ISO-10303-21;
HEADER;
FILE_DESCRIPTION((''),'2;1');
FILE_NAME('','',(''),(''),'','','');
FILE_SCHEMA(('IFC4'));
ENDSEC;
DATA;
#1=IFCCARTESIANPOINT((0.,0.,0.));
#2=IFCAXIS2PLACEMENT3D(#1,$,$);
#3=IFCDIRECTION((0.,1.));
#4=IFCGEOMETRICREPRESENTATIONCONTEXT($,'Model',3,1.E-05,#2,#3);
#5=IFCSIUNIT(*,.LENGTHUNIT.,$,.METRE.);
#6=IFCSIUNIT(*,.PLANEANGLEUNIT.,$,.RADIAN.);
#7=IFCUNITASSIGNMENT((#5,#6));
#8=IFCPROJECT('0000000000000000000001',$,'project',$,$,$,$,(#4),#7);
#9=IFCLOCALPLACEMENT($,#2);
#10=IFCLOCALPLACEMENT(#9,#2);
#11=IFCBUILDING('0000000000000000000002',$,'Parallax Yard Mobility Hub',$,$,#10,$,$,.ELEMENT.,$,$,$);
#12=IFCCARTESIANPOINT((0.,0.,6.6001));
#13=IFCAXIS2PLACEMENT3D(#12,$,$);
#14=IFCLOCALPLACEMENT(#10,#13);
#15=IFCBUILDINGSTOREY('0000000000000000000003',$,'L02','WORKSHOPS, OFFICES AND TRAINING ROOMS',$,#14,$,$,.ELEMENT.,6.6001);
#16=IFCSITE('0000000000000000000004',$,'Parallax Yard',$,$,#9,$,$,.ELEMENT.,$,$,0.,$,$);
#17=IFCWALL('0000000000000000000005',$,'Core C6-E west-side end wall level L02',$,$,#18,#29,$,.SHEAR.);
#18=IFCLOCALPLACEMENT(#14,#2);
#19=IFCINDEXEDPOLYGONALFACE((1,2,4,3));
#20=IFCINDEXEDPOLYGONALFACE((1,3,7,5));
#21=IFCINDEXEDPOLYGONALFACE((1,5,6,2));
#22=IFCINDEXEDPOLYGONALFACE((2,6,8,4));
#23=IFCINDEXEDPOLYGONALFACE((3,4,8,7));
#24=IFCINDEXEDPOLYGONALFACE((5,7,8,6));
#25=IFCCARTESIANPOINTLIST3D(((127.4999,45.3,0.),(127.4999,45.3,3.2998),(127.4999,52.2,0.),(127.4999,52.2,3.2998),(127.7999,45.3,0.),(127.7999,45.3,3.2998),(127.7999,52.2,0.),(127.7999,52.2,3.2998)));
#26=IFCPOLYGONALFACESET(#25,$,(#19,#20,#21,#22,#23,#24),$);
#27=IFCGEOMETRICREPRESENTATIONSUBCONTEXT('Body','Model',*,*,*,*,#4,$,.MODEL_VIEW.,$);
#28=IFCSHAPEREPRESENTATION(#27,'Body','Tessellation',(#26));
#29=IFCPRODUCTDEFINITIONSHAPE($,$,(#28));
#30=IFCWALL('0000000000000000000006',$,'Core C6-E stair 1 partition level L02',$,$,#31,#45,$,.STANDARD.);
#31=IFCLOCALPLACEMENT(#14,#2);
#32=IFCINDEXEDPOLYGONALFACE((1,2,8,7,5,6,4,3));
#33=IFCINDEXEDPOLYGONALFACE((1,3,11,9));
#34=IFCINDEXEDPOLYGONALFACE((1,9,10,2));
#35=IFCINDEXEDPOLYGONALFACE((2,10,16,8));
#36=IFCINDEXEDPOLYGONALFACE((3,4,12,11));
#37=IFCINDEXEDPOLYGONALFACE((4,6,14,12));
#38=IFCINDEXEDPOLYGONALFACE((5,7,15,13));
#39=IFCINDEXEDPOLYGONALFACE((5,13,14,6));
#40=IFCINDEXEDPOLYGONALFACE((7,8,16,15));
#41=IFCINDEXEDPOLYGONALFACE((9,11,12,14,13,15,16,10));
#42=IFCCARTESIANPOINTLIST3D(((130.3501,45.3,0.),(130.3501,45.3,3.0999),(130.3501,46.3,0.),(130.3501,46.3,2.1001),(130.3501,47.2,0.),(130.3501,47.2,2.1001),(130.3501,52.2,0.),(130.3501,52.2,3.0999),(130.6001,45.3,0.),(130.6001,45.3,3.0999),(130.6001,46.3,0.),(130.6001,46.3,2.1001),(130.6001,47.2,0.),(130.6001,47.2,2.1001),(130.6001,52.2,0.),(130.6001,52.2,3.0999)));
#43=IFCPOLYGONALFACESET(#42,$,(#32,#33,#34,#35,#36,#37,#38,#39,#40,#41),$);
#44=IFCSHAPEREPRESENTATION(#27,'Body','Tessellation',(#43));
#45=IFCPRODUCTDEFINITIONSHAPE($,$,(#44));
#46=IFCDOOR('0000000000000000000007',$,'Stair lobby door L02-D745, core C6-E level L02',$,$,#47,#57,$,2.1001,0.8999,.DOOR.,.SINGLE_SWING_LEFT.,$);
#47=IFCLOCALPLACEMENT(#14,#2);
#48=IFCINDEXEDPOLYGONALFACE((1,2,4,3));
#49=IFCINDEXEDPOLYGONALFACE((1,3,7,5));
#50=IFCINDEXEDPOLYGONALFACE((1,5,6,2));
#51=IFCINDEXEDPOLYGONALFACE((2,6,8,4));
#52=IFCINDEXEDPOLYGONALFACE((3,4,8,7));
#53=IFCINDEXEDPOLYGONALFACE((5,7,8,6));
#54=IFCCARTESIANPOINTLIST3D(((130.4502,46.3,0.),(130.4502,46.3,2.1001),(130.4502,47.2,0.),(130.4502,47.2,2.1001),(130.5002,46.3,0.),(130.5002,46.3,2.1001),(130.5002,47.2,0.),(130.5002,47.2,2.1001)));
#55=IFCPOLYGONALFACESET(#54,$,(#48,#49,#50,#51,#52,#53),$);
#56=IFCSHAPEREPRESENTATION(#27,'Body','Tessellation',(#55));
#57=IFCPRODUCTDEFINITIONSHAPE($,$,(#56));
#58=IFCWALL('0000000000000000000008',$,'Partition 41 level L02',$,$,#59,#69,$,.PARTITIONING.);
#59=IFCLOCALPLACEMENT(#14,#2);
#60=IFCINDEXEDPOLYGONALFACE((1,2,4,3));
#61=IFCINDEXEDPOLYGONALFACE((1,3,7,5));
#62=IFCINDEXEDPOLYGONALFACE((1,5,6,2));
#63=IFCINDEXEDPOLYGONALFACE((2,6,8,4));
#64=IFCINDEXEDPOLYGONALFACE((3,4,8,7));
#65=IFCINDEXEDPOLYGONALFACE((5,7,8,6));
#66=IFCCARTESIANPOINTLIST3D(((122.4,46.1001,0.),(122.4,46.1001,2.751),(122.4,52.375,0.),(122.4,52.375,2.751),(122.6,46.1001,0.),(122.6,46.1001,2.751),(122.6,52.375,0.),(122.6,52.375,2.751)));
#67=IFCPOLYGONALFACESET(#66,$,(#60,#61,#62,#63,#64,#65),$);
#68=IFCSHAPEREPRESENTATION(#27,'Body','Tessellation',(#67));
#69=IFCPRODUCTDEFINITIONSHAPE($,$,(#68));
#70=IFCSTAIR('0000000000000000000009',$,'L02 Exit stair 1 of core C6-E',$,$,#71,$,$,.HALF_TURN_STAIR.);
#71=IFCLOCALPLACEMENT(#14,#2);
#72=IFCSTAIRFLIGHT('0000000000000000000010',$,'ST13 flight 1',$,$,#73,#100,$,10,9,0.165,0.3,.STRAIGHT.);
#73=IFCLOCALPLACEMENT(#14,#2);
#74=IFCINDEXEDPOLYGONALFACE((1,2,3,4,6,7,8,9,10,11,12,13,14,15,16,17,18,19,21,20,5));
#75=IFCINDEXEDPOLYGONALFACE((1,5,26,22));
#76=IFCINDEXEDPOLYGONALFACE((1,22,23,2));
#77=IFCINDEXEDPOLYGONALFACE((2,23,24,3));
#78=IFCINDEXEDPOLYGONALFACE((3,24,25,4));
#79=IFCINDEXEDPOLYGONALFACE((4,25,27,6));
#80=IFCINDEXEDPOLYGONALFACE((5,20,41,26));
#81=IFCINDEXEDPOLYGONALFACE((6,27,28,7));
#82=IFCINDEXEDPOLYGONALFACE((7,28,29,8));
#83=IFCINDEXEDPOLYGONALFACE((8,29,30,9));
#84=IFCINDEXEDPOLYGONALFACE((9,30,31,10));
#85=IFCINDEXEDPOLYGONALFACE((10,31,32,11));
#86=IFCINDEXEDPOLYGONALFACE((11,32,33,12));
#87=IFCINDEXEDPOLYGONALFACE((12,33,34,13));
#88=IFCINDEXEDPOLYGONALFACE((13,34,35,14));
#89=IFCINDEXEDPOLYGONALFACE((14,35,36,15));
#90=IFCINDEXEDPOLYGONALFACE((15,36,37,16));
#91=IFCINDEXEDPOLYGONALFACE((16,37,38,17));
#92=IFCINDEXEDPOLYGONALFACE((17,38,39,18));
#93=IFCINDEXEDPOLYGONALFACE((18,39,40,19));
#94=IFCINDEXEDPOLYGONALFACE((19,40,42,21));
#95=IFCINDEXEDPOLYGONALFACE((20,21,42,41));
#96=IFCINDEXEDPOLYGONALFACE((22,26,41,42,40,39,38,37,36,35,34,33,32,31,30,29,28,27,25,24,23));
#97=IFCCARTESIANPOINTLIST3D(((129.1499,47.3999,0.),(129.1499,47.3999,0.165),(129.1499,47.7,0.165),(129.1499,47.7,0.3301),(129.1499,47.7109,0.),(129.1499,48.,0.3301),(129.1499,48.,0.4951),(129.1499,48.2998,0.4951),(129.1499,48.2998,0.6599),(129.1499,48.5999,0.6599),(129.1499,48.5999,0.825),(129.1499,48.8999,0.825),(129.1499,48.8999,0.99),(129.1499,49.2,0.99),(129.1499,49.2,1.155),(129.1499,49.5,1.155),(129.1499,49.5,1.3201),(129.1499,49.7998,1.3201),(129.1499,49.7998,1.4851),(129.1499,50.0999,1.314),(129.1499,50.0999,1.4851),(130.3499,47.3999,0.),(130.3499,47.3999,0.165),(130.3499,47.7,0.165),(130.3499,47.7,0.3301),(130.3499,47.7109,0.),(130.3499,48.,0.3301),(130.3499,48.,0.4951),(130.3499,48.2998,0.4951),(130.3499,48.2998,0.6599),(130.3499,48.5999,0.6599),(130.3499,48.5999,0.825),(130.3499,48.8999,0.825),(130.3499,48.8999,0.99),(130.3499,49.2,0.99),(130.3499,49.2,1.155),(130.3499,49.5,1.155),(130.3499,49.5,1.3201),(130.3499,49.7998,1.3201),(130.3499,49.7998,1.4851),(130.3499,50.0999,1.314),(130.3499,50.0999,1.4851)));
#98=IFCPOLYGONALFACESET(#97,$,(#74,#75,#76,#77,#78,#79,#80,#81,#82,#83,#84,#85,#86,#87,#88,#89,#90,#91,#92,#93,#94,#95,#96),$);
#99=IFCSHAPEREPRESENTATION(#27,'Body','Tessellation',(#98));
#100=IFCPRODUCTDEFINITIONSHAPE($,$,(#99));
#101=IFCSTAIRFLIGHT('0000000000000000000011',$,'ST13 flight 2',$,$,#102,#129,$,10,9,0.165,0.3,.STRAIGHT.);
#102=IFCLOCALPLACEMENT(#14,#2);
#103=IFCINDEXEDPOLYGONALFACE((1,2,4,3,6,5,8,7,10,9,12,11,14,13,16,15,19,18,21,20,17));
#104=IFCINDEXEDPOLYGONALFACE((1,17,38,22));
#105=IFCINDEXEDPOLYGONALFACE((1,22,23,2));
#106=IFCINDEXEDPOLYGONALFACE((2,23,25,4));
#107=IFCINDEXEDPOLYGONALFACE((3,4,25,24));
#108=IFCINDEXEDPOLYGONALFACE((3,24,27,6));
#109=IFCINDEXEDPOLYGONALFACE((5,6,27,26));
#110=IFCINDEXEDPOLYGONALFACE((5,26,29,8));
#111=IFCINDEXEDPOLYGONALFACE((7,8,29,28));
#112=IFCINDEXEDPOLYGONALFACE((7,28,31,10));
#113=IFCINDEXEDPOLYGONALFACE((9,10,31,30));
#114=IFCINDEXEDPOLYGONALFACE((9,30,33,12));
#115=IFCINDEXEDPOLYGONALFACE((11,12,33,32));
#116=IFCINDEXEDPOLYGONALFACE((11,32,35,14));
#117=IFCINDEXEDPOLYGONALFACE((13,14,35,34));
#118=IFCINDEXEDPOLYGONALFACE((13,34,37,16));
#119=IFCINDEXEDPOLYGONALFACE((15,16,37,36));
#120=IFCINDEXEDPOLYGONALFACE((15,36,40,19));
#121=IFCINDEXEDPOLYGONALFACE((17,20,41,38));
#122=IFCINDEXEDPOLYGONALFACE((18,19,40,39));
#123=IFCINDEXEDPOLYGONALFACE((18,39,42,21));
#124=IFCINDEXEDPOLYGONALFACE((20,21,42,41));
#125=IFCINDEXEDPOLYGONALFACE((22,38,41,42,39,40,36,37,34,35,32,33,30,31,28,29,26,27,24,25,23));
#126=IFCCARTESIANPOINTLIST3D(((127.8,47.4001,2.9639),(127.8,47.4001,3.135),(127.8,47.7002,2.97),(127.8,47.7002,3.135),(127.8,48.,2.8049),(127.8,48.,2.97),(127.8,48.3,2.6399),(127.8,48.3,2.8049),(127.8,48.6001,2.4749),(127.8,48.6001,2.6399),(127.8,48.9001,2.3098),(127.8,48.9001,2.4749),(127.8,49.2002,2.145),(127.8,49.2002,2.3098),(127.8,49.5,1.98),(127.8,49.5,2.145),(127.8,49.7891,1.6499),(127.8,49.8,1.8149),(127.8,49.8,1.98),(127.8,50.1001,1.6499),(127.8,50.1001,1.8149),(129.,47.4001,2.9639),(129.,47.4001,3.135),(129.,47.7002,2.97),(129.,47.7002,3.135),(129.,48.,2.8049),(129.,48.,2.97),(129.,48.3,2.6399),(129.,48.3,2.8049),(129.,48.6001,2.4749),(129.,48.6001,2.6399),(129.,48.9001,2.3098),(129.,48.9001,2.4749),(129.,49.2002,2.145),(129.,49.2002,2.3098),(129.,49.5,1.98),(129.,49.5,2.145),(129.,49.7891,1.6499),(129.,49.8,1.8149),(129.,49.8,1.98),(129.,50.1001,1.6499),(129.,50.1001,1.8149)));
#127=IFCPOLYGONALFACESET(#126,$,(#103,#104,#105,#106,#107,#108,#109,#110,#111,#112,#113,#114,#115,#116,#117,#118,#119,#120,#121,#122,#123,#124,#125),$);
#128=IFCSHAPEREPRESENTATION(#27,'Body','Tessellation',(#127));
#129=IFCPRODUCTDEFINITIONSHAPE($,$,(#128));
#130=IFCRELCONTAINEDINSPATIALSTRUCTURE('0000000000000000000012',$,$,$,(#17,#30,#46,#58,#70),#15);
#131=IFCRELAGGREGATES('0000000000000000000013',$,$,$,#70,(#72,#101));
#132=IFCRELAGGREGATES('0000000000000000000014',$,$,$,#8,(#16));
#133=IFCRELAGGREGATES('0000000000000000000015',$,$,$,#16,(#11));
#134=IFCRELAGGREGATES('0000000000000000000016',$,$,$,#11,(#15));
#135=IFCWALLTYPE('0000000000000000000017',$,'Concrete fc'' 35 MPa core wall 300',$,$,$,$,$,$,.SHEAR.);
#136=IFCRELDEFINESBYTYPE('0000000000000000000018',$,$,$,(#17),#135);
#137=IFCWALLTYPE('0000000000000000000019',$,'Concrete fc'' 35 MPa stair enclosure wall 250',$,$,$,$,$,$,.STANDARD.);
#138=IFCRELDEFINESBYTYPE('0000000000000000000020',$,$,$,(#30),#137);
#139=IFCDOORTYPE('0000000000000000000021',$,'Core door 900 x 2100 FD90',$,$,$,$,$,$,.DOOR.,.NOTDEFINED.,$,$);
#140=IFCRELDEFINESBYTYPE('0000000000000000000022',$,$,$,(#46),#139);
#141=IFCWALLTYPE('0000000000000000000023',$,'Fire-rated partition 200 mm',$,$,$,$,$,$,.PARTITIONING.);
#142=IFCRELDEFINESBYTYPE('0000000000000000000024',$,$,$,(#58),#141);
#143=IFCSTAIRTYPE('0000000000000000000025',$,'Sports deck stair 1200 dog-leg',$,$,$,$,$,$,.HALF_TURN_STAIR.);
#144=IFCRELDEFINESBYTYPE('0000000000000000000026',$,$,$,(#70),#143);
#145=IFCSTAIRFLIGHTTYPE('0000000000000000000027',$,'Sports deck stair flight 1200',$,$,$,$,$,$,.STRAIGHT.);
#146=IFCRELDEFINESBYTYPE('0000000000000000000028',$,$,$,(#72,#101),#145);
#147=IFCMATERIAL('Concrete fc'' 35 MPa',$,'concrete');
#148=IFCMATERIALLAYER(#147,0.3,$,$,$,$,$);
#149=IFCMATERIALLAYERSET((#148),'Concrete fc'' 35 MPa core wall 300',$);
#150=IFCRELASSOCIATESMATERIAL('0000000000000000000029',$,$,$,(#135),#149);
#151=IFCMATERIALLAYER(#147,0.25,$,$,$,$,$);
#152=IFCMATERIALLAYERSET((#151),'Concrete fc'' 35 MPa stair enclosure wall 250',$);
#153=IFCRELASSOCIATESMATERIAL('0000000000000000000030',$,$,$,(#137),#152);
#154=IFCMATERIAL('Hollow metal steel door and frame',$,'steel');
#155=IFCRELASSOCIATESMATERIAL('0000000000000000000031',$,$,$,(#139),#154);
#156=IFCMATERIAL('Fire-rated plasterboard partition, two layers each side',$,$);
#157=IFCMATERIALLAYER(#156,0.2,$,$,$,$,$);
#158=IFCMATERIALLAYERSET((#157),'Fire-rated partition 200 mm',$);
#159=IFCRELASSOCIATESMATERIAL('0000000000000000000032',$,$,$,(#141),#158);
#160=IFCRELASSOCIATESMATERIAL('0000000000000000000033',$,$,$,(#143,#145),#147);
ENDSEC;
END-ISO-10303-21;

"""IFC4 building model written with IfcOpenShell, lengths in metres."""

from ifc_helpers import new_model, si_unit, direction, frame, frame_2d, origin, place, context, subcontext, project, spatial, polyline, rectangle, outline, extrude, material, layer, layer_set, type_object, element, fill, aggregate, save


model = new_model("IFC4")

# Units and contexts
model_context = context("Model", 3, precision=1e-05, world=origin(), true_north=direction((0.0, 1.0)))
body_context = subcontext(model_context, "Body", "Model", "MODEL_VIEW")
ifc_project = project(units=[si_unit("LENGTHUNIT", "METRE"), si_unit("PLANEANGLEUNIT", "RADIAN")], contexts=[model_context])

# Site, building, storey
site_placement = place(None, origin())
site = spatial("IfcSite", under=ifc_project, at=site_placement, Name="Parallax Yard", CompositionType="ELEMENT", RefElevation=0.0)
building_placement = place(site_placement, origin())
building = spatial("IfcBuilding", under=site, at=building_placement, Name="Parallax Yard Mobility Hub", CompositionType="ELEMENT")
storey_placement = place(building_placement, frame((0.0, 0.0, 6.6001)))
storey = spatial("IfcBuildingStorey", under=building, at=storey_placement, Name="L02", Description="WORKSHOPS, OFFICES AND TRAINING ROOMS", CompositionType="ELEMENT", Elevation=6.6001)

# Wall
ifc_material_1 = material(Name="Concrete fc' 35 MPa", Category="concrete")
ifc_layer_1 = layer(ifc_material_1, 0.3)
ifc_layer_set_1 = layer_set([ifc_layer_1], Name="Concrete fc' 35 MPa core wall 300")
wall_type_1 = type_object("IfcWallType", Name="Concrete fc' 35 MPa core wall 300", PredefinedType="SHEAR", material=ifc_layer_set_1)
wall_1_placement = place(storey_placement, frame((127.6499, 45.3, 0.0), z_axis=(0.0, 0.0, 1.0), x_axis=(0.0, 1.0, 0.0)))
element("IfcWall", 1, at=wall_1_placement, inside=storey, type_object=wall_type_1, Name="Core C6-E west-side end wall level L02", PredefinedType="SHEAR", context=body_context, shape_type="SweptSolid", body=[
    extrude(rectangle(XDim=6.8999, YDim=0.3, at=frame_2d((3.45, 0.0))), origin(), (0.0, 0.0, 1.0), 3.2998),
])

# Wall, opening, door
ifc_layer_2 = layer(ifc_material_1, 0.25)
ifc_layer_set_2 = layer_set([ifc_layer_2], Name="Concrete fc' 35 MPa stair enclosure wall 250")
wall_type_2 = type_object("IfcWallType", Name="Concrete fc' 35 MPa stair enclosure wall 250", PredefinedType="STANDARD", material=ifc_layer_set_2)
wall_2_placement = place(storey_placement, frame((130.4751, 45.3, 0.0), z_axis=(0.0, 0.0, 1.0), x_axis=(0.0, 1.0, 0.0)))
wall_2 = element("IfcWall", 2, at=wall_2_placement, inside=storey, type_object=wall_type_2, Name="Core C6-E stair 1 partition level L02", PredefinedType="STANDARD", context=body_context, shape_type="SweptSolid", body=[
    extrude(rectangle(XDim=6.8999, YDim=0.25, at=frame_2d((3.45, 0.0))), origin(), (0.0, 0.0, 1.0), 3.0999),
])
opening_placement = place(wall_2_placement, frame((1.0, 0.0, 0.0)))
opening = element("IfcOpeningElement", 3, at=opening_placement, cuts=wall_2, PredefinedType="OPENING", context=body_context, shape_type="SweptSolid", body=[
    extrude(rectangle(XDim=0.8999, YDim=2.1001, at=frame_2d((0.45, 1.05))), frame((0.0, 0.135, 0.0), z_axis=(0.0, -1.0, 0.0), x_axis=(1.0, 0.0, 0.0)), (0.0, 0.0, 1.0), 0.27),
])
ifc_material_2 = material(Name="Hollow metal steel door and frame", Category="steel")
door_type = type_object("IfcDoorType", Name="Core door 900 x 2100 FD90", OperationType="NOTDEFINED", PredefinedType="DOOR", material=ifc_material_2)
door_placement = place(opening_placement, origin())
door = element("IfcDoor", 4, at=door_placement, inside=storey, type_object=door_type, Name="Stair lobby door L02-D745, core C6-E level L02", OperationType="SINGLE_SWING_LEFT", OverallHeight=2.1001, OverallWidth=0.8999, PredefinedType="DOOR", context=body_context, shape_type="SweptSolid", body=[
    extrude(rectangle(XDim=0.8999, YDim=2.1001, at=frame_2d((0.45, 1.05))), frame((0.0, 0.0249, 0.0), z_axis=(0.0, -1.0, 0.0), x_axis=(1.0, 0.0, 0.0)), (0.0, 0.0, 1.0), 0.05),
])
fill(opening, door)

# Wall
ifc_material_3 = material(Name="Fire-rated plasterboard partition, two layers each side")
ifc_layer_3 = layer(ifc_material_3, 0.2)
ifc_layer_set_3 = layer_set([ifc_layer_3], Name="Fire-rated partition 200 mm")
wall_type_3 = type_object("IfcWallType", Name="Fire-rated partition 200 mm", PredefinedType="PARTITIONING", material=ifc_layer_set_3)
wall_3_placement = place(storey_placement, frame((122.5, 46.1001, 0.0), z_axis=(0.0, 0.0, 1.0), x_axis=(0.0, 1.0, 0.0)))
element("IfcWall", 5, at=wall_3_placement, inside=storey, type_object=wall_type_3, Name="Partition 41 level L02", PredefinedType="PARTITIONING", context=body_context, shape_type="SweptSolid", body=[
    extrude(rectangle(XDim=6.2749, YDim=0.2, at=frame_2d((3.1375, 0.0))), origin(), (0.0, 0.0, 1.0), 2.751),
])

# Stair, stair flights
stair_type = type_object("IfcStairType", Name="Sports deck stair 1200 dog-leg", PredefinedType="HALF_TURN_STAIR", material=ifc_material_1)
stair_placement = place(storey_placement, origin())
stair = element("IfcStair", 6, at=stair_placement, inside=storey, type_object=stair_type, Name="L02 Exit stair 1 of core C6-E", PredefinedType="HALF_TURN_STAIR")
stair_flight_type = type_object("IfcStairFlightType", Name="Sports deck stair flight 1200", PredefinedType="STRAIGHT", material=ifc_material_1)
stair_flight_1_placement = place(storey_placement, frame((129.75, 47.3999, 0.0), z_axis=(0.0, 0.0, 1.0), x_axis=(0.0, 1.0, 0.0)))
stair_flight_1 = element("IfcStairFlight", 7, at=stair_flight_1_placement, type_object=stair_flight_type, Name="ST13 flight 1", NumberOfRisers=10, NumberOfTreads=9, PredefinedType="STRAIGHT", RiserHeight=0.165, TreadLength=0.3, context=body_context, shape_type="SweptSolid", body=[
    extrude(outline(polyline([(0.0, 0.0), (0.0, 0.165), (0.3, 0.165), (0.3, 0.3301), (0.6001, 0.3301), (0.6001, 0.4951), (0.8999, 0.4951), (0.8999, 0.6599), (1.2, 0.6599), (1.2, 0.825), (1.5, 0.825), (1.5, 0.99), (1.8, 0.99), (1.8, 1.155), (2.1001, 1.155), (2.1001, 1.3201), (2.3999, 1.3201), (2.3999, 1.4851), (2.7, 1.4851), (2.7, 1.6499), (2.7, 1.314), (0.311, 0.0), (0.0, 0.0)])), frame((0.0, 0.6001, 0.0), z_axis=(0.0, -1.0, 0.0), x_axis=(1.0, 0.0, 0.0)), (0.0, 0.0, 1.0), 1.2),
])
stair_flight_2_placement = place(storey_placement, frame((128.3999, 50.1001, 1.6499), z_axis=(0.0, 0.0, 1.0), x_axis=(0.0, -1.0, 0.0)))
stair_flight_2 = element("IfcStairFlight", 8, at=stair_flight_2_placement, type_object=stair_flight_type, Name="ST13 flight 2", NumberOfRisers=10, NumberOfTreads=9, PredefinedType="STRAIGHT", RiserHeight=0.165, TreadLength=0.3, context=body_context, shape_type="SweptSolid", body=[
    extrude(outline(polyline([(0.0, 0.0), (0.0, 0.165), (0.3, 0.165), (0.3, 0.3301), (0.6001, 0.3301), (0.6001, 0.4951), (0.8999, 0.4951), (0.8999, 0.6599), (1.2, 0.6599), (1.2, 0.825), (1.5, 0.825), (1.5, 0.99), (1.8, 0.99), (1.8, 1.155), (2.1001, 1.155), (2.1001, 1.3201), (2.3999, 1.3201), (2.3999, 1.4851), (2.7, 1.4851), (2.7, 1.6499), (2.7, 1.314), (0.311, 0.0), (0.0, 0.0)])), frame((0.0, 0.6001, 0.0), z_axis=(0.0, -1.0, 0.0), x_axis=(1.0, 0.0, 0.0)), (0.0, 0.0, 1.0), 1.2),
])
aggregate(stair, [stair_flight_1, stair_flight_2])

save(model, "model.ifc")
